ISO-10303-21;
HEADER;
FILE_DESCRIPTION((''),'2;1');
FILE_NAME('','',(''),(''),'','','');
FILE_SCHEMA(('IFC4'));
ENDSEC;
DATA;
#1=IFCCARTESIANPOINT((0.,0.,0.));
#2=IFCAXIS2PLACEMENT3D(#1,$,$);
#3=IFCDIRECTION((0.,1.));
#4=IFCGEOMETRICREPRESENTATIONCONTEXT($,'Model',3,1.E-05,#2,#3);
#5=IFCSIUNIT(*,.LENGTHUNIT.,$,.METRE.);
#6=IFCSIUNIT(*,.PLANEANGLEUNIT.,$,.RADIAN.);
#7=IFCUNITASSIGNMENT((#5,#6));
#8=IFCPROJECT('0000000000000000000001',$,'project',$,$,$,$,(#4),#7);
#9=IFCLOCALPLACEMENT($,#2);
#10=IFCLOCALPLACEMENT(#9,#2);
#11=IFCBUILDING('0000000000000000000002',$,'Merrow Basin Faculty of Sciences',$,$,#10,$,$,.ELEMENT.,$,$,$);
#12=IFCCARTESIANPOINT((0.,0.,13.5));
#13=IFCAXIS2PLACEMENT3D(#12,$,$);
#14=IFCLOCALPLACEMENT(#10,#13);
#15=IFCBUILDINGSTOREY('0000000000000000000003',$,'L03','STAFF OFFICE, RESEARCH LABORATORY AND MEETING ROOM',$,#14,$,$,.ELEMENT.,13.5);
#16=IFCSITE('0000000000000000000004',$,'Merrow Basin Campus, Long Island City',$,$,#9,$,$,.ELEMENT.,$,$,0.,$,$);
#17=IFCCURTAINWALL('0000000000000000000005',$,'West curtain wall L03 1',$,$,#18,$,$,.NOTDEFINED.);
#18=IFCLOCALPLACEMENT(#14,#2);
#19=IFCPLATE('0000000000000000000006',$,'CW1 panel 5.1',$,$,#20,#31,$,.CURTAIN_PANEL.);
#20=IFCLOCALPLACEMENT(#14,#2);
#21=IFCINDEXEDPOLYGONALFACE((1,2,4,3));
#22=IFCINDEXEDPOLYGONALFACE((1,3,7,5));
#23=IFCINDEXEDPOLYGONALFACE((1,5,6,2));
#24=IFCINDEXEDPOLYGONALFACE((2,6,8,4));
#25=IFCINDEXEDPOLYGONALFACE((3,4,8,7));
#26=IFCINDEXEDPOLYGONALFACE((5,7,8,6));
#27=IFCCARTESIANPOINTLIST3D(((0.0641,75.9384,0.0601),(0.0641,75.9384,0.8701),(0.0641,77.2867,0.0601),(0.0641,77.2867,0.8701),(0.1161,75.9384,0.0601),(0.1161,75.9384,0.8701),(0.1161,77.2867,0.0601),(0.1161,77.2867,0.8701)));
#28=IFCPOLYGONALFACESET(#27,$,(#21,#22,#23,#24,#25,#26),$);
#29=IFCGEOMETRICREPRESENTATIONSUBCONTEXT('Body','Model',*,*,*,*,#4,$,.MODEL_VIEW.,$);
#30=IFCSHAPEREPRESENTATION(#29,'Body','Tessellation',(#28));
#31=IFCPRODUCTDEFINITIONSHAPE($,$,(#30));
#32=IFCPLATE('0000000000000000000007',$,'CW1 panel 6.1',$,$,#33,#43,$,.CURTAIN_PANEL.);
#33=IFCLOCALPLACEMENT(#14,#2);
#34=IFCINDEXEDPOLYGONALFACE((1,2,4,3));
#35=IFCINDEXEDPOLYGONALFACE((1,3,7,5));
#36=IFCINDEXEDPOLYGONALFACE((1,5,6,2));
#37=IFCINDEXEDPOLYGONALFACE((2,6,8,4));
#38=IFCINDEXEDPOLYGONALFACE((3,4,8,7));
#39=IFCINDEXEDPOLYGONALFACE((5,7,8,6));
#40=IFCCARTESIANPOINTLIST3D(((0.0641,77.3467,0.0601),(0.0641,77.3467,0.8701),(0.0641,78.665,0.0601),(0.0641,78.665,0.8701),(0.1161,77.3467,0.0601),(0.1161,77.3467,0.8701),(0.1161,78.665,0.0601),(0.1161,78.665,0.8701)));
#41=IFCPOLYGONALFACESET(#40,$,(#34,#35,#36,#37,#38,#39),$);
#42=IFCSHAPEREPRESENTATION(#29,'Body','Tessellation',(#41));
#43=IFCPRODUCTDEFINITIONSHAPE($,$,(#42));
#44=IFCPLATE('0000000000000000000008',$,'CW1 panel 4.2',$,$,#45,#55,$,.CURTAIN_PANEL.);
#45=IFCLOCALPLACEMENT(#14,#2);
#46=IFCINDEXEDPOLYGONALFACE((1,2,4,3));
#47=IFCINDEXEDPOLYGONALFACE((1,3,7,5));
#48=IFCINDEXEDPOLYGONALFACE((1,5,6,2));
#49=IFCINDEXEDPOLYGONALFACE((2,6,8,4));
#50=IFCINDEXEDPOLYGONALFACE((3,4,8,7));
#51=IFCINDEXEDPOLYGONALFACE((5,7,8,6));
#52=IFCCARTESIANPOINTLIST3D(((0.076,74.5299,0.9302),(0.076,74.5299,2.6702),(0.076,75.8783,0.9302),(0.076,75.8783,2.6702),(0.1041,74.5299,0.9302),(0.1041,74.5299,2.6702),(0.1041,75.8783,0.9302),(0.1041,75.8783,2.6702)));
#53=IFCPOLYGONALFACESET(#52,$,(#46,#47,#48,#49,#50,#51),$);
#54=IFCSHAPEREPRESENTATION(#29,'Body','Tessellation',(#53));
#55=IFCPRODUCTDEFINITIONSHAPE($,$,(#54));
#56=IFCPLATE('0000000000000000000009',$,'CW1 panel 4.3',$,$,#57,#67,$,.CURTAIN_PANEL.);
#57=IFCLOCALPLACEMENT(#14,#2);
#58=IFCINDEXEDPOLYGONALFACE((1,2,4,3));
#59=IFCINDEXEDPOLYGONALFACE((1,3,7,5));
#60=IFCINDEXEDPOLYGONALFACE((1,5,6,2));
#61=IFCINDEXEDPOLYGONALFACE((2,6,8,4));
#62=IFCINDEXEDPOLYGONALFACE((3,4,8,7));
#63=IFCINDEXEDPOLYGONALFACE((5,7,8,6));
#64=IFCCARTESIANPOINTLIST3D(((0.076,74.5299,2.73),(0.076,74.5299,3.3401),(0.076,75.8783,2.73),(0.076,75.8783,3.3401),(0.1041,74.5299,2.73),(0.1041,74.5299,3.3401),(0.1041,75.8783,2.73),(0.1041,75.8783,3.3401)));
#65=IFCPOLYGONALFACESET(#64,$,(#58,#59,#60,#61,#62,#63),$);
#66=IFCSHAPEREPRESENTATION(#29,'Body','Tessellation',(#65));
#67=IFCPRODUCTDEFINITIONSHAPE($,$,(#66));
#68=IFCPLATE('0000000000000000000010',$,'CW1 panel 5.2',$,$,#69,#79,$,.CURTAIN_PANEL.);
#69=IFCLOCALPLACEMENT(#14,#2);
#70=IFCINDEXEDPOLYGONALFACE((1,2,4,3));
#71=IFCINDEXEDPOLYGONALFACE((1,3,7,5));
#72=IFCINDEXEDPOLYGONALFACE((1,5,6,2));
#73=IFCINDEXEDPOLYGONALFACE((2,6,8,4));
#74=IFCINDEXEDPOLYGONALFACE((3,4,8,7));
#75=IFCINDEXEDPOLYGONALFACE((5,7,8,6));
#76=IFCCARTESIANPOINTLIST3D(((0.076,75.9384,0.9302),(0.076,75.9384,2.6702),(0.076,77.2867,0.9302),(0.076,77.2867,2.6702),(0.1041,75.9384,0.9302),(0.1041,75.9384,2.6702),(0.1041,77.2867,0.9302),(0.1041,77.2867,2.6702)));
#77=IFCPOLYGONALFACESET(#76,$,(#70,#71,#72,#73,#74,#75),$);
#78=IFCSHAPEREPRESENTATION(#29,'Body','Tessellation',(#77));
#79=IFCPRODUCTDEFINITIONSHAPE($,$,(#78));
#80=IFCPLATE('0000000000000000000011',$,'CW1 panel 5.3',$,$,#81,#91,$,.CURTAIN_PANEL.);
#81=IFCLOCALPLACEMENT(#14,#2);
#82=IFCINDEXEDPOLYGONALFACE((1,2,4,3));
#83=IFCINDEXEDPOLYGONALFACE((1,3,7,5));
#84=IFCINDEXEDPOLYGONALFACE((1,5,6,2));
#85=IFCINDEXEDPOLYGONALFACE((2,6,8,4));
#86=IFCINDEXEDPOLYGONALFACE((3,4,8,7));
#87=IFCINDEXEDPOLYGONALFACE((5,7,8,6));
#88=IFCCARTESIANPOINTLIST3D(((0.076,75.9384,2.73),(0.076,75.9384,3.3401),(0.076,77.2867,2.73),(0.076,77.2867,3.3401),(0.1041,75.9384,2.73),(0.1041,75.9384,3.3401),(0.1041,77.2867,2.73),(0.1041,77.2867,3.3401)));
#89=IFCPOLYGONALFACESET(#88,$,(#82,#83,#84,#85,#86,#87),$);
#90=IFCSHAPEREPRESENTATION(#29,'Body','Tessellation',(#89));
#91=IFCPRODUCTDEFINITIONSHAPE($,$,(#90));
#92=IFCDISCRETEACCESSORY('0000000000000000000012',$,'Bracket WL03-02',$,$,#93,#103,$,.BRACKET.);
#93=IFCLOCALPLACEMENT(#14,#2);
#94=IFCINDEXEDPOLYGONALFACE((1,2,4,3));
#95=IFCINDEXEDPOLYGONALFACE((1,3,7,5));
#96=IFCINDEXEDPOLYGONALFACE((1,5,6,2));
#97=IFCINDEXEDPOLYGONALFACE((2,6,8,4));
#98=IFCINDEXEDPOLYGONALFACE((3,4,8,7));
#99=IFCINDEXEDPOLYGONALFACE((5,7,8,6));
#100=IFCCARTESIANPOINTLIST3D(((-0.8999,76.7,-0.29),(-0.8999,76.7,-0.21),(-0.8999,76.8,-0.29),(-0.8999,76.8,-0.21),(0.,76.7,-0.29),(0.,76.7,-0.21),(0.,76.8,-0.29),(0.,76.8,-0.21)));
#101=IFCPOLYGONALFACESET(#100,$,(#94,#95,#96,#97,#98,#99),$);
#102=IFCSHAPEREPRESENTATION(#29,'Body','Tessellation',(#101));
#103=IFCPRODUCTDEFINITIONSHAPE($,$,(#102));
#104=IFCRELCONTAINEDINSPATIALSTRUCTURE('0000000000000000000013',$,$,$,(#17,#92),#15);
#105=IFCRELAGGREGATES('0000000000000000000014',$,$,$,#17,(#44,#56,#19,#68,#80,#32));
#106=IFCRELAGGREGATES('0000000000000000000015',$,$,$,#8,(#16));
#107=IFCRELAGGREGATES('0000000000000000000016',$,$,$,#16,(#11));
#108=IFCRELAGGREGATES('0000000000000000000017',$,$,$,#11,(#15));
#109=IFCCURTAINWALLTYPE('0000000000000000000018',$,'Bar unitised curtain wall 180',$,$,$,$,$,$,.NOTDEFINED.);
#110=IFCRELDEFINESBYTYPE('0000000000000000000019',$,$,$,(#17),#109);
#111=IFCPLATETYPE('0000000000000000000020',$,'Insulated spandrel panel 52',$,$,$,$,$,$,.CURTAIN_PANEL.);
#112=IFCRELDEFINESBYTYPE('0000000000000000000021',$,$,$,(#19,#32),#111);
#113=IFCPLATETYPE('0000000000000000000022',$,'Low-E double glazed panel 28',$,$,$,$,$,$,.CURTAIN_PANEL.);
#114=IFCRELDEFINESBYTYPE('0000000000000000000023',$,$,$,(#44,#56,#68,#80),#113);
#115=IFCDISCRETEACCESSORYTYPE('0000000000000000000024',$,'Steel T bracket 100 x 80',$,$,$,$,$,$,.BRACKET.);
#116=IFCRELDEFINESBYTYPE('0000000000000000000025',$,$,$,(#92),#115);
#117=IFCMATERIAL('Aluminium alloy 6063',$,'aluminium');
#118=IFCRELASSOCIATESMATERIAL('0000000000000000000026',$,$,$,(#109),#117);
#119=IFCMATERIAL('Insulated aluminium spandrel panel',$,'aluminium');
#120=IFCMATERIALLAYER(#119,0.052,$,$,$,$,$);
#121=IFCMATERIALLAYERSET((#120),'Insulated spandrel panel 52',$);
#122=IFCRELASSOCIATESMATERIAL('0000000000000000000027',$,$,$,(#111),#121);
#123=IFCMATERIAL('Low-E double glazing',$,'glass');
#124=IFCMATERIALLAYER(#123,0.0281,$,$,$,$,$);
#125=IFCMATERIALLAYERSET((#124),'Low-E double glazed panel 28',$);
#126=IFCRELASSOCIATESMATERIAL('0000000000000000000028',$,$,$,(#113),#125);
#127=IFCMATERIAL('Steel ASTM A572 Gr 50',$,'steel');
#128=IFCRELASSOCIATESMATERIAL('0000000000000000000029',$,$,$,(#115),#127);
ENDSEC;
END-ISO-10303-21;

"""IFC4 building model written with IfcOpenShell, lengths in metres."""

from ifc_helpers import new_model, si_unit, direction, frame, origin, origin_2d, place, context, subcontext, project, spatial, polyline, rectangle, outline, extrude, source, transform, mapped, material, layer, layer_set, type_object, element, aggregate, save


model = new_model("IFC4")

# Units and contexts
model_context = context("Model", 3, precision=1e-05, world=origin(), true_north=direction((0.0, 1.0)))
body_context = subcontext(model_context, "Body", "Model", "MODEL_VIEW")
ifc_project = project(units=[si_unit("LENGTHUNIT", "METRE"), si_unit("PLANEANGLEUNIT", "RADIAN")], contexts=[model_context])

# Site, building, storey
site_placement = place(None, origin())
site = spatial("IfcSite", under=ifc_project, at=site_placement, Name="Merrow Basin Campus, Long Island City", CompositionType="ELEMENT", RefElevation=0.0)
building_placement = place(site_placement, origin())
building = spatial("IfcBuilding", under=site, at=building_placement, Name="Merrow Basin Faculty of Sciences", CompositionType="ELEMENT")
storey_placement = place(building_placement, frame((0.0, 0.0, 13.5)))
storey = spatial("IfcBuildingStorey", under=building, at=storey_placement, Name="L03", Description="STAFF OFFICE, RESEARCH LABORATORY AND MEETING ROOM", CompositionType="ELEMENT", Elevation=13.5)

# Curtain wall, plates
ifc_material_1 = material(Name="Aluminium alloy 6063", Category="aluminium")
curtain_wall_type = type_object("IfcCurtainWallType", Name="Bar unitised curtain wall 180", PredefinedType="NOTDEFINED", material=ifc_material_1)
curtain_wall_placement = place(storey_placement, origin())
curtain_wall = element("IfcCurtainWall", 1, at=curtain_wall_placement, inside=storey, type_object=curtain_wall_type, Name="West curtain wall L03 1", PredefinedType="NOTDEFINED")
ifc_material_2 = material(Name="Insulated aluminium spandrel panel", Category="aluminium")
ifc_layer_1 = layer(ifc_material_2, 0.052)
ifc_layer_set_1 = layer_set([ifc_layer_1], Name="Insulated spandrel panel 52")
plate_type_1 = type_object("IfcPlateType", Name="Insulated spandrel panel 52", PredefinedType="CURTAIN_PANEL", material=ifc_layer_set_1)
plate_1_placement = place(storey_placement, frame((0.0901, 76.6125, 0.0601), z_axis=(0.0, 0.0, 1.0), x_axis=(0.0, 1.0, 0.0)))
plate_1 = element("IfcPlate", 2, at=plate_1_placement, type_object=plate_type_1, Name="CW1 panel 5.1", PredefinedType="CURTAIN_PANEL", context=body_context, shape_type="SweptSolid", body=[
    extrude(rectangle(XDim=1.3484, YDim=0.052, at=origin_2d()), origin(), (0.0, 0.0, 1.0), 0.8101),
])
plate_2_placement = place(storey_placement, frame((0.0901, 78.0059, 0.0601), z_axis=(0.0, 0.0, 1.0), x_axis=(0.0, 1.0, 0.0)))
plate_2 = element("IfcPlate", 3, at=plate_2_placement, type_object=plate_type_1, Name="CW1 panel 6.1", PredefinedType="CURTAIN_PANEL", context=body_context, shape_type="SweptSolid", body=[
    extrude(rectangle(XDim=1.3184, YDim=0.052, at=origin_2d()), origin(), (0.0, 0.0, 1.0), 0.8101),
])
ifc_material_3 = material(Name="Low-E double glazing", Category="glass")
ifc_layer_2 = layer(ifc_material_3, 0.0281)
ifc_layer_set_2 = layer_set([ifc_layer_2], Name="Low-E double glazed panel 28")
plate_type_2 = type_object("IfcPlateType", Name="Low-E double glazed panel 28", PredefinedType="CURTAIN_PANEL", material=ifc_layer_set_2)
plate_3_placement = place(storey_placement, frame((0.0901, 75.2041, 0.9302), z_axis=(0.0, 0.0, 1.0), x_axis=(0.0, 1.0, 0.0)))
plate_3 = element("IfcPlate", 4, at=plate_3_placement, type_object=plate_type_2, Name="CW1 panel 4.2", PredefinedType="CURTAIN_PANEL", context=body_context, shape_type="SweptSolid", body=[
    extrude(rectangle(XDim=1.3484, YDim=0.0281, at=origin_2d()), origin(), (0.0, 0.0, 1.0), 1.74),
])
plate_4_placement = place(storey_placement, frame((0.0901, 75.2041, 2.73), z_axis=(0.0, 0.0, 1.0), x_axis=(0.0, 1.0, 0.0)))
plate_4 = element("IfcPlate", 5, at=plate_4_placement, type_object=plate_type_2, Name="CW1 panel 4.3", PredefinedType="CURTAIN_PANEL", context=body_context, shape_type="SweptSolid", body=[
    extrude(rectangle(XDim=1.3484, YDim=0.0281, at=origin_2d()), origin(), (0.0, 0.0, 1.0), 0.6101),
])
plate_5_placement = place(storey_placement, frame((0.0901, 76.6125, 0.9302), z_axis=(0.0, 0.0, 1.0), x_axis=(0.0, 1.0, 0.0)))
plate_5 = element("IfcPlate", 6, at=plate_5_placement, type_object=plate_type_2, Name="CW1 panel 5.2", PredefinedType="CURTAIN_PANEL", context=body_context, shape_type="SweptSolid", body=[
    extrude(rectangle(XDim=1.3484, YDim=0.0281, at=origin_2d()), origin(), (0.0, 0.0, 1.0), 1.74),
])
plate_6_placement = place(storey_placement, frame((0.0901, 76.6125, 2.73), z_axis=(0.0, 0.0, 1.0), x_axis=(0.0, 1.0, 0.0)))
plate_6 = element("IfcPlate", 7, at=plate_6_placement, type_object=plate_type_2, Name="CW1 panel 5.3", PredefinedType="CURTAIN_PANEL", context=body_context, shape_type="SweptSolid", body=[
    extrude(rectangle(XDim=1.3484, YDim=0.0281, at=origin_2d()), origin(), (0.0, 0.0, 1.0), 0.6101),
])
aggregate(curtain_wall, [plate_3, plate_4, plate_1, plate_5, plate_6, plate_2])

# Discrete accessory
ifc_material_4 = material(Name="Steel ASTM A572 Gr 50", Category="steel")
discrete_accessory_type = type_object("IfcDiscreteAccessoryType", Name="Steel T bracket 100 x 80", PredefinedType="BRACKET", material=ifc_material_4)
shared_shape = source(origin(), body_context, "Body", "SweptSolid", [
    extrude(outline(polyline([(0.0, 0.0), (0.1001, 0.0), (0.1001, 0.0801), (0.0, 0.0801), (0.0, 0.0)])), origin(), (0.0, 0.0, 1.0), 0.8999),
])
discrete_accessory_placement = place(storey_placement, frame((-0.8999, 76.7, -0.29), z_axis=(1.0, 0.0, 0.0), x_axis=(0.0, 1.0, 0.0)))
element("IfcDiscreteAccessory", 8, at=discrete_accessory_placement, inside=storey, type_object=discrete_accessory_type, Name="Bracket WL03-02", PredefinedType="BRACKET", context=body_context, shape_type="MappedRepresentation", body=[
    mapped(shared_shape, transform((0.0, 0.0, 0.0), scale=1.0)),
])

save(model, "model.ifc")
